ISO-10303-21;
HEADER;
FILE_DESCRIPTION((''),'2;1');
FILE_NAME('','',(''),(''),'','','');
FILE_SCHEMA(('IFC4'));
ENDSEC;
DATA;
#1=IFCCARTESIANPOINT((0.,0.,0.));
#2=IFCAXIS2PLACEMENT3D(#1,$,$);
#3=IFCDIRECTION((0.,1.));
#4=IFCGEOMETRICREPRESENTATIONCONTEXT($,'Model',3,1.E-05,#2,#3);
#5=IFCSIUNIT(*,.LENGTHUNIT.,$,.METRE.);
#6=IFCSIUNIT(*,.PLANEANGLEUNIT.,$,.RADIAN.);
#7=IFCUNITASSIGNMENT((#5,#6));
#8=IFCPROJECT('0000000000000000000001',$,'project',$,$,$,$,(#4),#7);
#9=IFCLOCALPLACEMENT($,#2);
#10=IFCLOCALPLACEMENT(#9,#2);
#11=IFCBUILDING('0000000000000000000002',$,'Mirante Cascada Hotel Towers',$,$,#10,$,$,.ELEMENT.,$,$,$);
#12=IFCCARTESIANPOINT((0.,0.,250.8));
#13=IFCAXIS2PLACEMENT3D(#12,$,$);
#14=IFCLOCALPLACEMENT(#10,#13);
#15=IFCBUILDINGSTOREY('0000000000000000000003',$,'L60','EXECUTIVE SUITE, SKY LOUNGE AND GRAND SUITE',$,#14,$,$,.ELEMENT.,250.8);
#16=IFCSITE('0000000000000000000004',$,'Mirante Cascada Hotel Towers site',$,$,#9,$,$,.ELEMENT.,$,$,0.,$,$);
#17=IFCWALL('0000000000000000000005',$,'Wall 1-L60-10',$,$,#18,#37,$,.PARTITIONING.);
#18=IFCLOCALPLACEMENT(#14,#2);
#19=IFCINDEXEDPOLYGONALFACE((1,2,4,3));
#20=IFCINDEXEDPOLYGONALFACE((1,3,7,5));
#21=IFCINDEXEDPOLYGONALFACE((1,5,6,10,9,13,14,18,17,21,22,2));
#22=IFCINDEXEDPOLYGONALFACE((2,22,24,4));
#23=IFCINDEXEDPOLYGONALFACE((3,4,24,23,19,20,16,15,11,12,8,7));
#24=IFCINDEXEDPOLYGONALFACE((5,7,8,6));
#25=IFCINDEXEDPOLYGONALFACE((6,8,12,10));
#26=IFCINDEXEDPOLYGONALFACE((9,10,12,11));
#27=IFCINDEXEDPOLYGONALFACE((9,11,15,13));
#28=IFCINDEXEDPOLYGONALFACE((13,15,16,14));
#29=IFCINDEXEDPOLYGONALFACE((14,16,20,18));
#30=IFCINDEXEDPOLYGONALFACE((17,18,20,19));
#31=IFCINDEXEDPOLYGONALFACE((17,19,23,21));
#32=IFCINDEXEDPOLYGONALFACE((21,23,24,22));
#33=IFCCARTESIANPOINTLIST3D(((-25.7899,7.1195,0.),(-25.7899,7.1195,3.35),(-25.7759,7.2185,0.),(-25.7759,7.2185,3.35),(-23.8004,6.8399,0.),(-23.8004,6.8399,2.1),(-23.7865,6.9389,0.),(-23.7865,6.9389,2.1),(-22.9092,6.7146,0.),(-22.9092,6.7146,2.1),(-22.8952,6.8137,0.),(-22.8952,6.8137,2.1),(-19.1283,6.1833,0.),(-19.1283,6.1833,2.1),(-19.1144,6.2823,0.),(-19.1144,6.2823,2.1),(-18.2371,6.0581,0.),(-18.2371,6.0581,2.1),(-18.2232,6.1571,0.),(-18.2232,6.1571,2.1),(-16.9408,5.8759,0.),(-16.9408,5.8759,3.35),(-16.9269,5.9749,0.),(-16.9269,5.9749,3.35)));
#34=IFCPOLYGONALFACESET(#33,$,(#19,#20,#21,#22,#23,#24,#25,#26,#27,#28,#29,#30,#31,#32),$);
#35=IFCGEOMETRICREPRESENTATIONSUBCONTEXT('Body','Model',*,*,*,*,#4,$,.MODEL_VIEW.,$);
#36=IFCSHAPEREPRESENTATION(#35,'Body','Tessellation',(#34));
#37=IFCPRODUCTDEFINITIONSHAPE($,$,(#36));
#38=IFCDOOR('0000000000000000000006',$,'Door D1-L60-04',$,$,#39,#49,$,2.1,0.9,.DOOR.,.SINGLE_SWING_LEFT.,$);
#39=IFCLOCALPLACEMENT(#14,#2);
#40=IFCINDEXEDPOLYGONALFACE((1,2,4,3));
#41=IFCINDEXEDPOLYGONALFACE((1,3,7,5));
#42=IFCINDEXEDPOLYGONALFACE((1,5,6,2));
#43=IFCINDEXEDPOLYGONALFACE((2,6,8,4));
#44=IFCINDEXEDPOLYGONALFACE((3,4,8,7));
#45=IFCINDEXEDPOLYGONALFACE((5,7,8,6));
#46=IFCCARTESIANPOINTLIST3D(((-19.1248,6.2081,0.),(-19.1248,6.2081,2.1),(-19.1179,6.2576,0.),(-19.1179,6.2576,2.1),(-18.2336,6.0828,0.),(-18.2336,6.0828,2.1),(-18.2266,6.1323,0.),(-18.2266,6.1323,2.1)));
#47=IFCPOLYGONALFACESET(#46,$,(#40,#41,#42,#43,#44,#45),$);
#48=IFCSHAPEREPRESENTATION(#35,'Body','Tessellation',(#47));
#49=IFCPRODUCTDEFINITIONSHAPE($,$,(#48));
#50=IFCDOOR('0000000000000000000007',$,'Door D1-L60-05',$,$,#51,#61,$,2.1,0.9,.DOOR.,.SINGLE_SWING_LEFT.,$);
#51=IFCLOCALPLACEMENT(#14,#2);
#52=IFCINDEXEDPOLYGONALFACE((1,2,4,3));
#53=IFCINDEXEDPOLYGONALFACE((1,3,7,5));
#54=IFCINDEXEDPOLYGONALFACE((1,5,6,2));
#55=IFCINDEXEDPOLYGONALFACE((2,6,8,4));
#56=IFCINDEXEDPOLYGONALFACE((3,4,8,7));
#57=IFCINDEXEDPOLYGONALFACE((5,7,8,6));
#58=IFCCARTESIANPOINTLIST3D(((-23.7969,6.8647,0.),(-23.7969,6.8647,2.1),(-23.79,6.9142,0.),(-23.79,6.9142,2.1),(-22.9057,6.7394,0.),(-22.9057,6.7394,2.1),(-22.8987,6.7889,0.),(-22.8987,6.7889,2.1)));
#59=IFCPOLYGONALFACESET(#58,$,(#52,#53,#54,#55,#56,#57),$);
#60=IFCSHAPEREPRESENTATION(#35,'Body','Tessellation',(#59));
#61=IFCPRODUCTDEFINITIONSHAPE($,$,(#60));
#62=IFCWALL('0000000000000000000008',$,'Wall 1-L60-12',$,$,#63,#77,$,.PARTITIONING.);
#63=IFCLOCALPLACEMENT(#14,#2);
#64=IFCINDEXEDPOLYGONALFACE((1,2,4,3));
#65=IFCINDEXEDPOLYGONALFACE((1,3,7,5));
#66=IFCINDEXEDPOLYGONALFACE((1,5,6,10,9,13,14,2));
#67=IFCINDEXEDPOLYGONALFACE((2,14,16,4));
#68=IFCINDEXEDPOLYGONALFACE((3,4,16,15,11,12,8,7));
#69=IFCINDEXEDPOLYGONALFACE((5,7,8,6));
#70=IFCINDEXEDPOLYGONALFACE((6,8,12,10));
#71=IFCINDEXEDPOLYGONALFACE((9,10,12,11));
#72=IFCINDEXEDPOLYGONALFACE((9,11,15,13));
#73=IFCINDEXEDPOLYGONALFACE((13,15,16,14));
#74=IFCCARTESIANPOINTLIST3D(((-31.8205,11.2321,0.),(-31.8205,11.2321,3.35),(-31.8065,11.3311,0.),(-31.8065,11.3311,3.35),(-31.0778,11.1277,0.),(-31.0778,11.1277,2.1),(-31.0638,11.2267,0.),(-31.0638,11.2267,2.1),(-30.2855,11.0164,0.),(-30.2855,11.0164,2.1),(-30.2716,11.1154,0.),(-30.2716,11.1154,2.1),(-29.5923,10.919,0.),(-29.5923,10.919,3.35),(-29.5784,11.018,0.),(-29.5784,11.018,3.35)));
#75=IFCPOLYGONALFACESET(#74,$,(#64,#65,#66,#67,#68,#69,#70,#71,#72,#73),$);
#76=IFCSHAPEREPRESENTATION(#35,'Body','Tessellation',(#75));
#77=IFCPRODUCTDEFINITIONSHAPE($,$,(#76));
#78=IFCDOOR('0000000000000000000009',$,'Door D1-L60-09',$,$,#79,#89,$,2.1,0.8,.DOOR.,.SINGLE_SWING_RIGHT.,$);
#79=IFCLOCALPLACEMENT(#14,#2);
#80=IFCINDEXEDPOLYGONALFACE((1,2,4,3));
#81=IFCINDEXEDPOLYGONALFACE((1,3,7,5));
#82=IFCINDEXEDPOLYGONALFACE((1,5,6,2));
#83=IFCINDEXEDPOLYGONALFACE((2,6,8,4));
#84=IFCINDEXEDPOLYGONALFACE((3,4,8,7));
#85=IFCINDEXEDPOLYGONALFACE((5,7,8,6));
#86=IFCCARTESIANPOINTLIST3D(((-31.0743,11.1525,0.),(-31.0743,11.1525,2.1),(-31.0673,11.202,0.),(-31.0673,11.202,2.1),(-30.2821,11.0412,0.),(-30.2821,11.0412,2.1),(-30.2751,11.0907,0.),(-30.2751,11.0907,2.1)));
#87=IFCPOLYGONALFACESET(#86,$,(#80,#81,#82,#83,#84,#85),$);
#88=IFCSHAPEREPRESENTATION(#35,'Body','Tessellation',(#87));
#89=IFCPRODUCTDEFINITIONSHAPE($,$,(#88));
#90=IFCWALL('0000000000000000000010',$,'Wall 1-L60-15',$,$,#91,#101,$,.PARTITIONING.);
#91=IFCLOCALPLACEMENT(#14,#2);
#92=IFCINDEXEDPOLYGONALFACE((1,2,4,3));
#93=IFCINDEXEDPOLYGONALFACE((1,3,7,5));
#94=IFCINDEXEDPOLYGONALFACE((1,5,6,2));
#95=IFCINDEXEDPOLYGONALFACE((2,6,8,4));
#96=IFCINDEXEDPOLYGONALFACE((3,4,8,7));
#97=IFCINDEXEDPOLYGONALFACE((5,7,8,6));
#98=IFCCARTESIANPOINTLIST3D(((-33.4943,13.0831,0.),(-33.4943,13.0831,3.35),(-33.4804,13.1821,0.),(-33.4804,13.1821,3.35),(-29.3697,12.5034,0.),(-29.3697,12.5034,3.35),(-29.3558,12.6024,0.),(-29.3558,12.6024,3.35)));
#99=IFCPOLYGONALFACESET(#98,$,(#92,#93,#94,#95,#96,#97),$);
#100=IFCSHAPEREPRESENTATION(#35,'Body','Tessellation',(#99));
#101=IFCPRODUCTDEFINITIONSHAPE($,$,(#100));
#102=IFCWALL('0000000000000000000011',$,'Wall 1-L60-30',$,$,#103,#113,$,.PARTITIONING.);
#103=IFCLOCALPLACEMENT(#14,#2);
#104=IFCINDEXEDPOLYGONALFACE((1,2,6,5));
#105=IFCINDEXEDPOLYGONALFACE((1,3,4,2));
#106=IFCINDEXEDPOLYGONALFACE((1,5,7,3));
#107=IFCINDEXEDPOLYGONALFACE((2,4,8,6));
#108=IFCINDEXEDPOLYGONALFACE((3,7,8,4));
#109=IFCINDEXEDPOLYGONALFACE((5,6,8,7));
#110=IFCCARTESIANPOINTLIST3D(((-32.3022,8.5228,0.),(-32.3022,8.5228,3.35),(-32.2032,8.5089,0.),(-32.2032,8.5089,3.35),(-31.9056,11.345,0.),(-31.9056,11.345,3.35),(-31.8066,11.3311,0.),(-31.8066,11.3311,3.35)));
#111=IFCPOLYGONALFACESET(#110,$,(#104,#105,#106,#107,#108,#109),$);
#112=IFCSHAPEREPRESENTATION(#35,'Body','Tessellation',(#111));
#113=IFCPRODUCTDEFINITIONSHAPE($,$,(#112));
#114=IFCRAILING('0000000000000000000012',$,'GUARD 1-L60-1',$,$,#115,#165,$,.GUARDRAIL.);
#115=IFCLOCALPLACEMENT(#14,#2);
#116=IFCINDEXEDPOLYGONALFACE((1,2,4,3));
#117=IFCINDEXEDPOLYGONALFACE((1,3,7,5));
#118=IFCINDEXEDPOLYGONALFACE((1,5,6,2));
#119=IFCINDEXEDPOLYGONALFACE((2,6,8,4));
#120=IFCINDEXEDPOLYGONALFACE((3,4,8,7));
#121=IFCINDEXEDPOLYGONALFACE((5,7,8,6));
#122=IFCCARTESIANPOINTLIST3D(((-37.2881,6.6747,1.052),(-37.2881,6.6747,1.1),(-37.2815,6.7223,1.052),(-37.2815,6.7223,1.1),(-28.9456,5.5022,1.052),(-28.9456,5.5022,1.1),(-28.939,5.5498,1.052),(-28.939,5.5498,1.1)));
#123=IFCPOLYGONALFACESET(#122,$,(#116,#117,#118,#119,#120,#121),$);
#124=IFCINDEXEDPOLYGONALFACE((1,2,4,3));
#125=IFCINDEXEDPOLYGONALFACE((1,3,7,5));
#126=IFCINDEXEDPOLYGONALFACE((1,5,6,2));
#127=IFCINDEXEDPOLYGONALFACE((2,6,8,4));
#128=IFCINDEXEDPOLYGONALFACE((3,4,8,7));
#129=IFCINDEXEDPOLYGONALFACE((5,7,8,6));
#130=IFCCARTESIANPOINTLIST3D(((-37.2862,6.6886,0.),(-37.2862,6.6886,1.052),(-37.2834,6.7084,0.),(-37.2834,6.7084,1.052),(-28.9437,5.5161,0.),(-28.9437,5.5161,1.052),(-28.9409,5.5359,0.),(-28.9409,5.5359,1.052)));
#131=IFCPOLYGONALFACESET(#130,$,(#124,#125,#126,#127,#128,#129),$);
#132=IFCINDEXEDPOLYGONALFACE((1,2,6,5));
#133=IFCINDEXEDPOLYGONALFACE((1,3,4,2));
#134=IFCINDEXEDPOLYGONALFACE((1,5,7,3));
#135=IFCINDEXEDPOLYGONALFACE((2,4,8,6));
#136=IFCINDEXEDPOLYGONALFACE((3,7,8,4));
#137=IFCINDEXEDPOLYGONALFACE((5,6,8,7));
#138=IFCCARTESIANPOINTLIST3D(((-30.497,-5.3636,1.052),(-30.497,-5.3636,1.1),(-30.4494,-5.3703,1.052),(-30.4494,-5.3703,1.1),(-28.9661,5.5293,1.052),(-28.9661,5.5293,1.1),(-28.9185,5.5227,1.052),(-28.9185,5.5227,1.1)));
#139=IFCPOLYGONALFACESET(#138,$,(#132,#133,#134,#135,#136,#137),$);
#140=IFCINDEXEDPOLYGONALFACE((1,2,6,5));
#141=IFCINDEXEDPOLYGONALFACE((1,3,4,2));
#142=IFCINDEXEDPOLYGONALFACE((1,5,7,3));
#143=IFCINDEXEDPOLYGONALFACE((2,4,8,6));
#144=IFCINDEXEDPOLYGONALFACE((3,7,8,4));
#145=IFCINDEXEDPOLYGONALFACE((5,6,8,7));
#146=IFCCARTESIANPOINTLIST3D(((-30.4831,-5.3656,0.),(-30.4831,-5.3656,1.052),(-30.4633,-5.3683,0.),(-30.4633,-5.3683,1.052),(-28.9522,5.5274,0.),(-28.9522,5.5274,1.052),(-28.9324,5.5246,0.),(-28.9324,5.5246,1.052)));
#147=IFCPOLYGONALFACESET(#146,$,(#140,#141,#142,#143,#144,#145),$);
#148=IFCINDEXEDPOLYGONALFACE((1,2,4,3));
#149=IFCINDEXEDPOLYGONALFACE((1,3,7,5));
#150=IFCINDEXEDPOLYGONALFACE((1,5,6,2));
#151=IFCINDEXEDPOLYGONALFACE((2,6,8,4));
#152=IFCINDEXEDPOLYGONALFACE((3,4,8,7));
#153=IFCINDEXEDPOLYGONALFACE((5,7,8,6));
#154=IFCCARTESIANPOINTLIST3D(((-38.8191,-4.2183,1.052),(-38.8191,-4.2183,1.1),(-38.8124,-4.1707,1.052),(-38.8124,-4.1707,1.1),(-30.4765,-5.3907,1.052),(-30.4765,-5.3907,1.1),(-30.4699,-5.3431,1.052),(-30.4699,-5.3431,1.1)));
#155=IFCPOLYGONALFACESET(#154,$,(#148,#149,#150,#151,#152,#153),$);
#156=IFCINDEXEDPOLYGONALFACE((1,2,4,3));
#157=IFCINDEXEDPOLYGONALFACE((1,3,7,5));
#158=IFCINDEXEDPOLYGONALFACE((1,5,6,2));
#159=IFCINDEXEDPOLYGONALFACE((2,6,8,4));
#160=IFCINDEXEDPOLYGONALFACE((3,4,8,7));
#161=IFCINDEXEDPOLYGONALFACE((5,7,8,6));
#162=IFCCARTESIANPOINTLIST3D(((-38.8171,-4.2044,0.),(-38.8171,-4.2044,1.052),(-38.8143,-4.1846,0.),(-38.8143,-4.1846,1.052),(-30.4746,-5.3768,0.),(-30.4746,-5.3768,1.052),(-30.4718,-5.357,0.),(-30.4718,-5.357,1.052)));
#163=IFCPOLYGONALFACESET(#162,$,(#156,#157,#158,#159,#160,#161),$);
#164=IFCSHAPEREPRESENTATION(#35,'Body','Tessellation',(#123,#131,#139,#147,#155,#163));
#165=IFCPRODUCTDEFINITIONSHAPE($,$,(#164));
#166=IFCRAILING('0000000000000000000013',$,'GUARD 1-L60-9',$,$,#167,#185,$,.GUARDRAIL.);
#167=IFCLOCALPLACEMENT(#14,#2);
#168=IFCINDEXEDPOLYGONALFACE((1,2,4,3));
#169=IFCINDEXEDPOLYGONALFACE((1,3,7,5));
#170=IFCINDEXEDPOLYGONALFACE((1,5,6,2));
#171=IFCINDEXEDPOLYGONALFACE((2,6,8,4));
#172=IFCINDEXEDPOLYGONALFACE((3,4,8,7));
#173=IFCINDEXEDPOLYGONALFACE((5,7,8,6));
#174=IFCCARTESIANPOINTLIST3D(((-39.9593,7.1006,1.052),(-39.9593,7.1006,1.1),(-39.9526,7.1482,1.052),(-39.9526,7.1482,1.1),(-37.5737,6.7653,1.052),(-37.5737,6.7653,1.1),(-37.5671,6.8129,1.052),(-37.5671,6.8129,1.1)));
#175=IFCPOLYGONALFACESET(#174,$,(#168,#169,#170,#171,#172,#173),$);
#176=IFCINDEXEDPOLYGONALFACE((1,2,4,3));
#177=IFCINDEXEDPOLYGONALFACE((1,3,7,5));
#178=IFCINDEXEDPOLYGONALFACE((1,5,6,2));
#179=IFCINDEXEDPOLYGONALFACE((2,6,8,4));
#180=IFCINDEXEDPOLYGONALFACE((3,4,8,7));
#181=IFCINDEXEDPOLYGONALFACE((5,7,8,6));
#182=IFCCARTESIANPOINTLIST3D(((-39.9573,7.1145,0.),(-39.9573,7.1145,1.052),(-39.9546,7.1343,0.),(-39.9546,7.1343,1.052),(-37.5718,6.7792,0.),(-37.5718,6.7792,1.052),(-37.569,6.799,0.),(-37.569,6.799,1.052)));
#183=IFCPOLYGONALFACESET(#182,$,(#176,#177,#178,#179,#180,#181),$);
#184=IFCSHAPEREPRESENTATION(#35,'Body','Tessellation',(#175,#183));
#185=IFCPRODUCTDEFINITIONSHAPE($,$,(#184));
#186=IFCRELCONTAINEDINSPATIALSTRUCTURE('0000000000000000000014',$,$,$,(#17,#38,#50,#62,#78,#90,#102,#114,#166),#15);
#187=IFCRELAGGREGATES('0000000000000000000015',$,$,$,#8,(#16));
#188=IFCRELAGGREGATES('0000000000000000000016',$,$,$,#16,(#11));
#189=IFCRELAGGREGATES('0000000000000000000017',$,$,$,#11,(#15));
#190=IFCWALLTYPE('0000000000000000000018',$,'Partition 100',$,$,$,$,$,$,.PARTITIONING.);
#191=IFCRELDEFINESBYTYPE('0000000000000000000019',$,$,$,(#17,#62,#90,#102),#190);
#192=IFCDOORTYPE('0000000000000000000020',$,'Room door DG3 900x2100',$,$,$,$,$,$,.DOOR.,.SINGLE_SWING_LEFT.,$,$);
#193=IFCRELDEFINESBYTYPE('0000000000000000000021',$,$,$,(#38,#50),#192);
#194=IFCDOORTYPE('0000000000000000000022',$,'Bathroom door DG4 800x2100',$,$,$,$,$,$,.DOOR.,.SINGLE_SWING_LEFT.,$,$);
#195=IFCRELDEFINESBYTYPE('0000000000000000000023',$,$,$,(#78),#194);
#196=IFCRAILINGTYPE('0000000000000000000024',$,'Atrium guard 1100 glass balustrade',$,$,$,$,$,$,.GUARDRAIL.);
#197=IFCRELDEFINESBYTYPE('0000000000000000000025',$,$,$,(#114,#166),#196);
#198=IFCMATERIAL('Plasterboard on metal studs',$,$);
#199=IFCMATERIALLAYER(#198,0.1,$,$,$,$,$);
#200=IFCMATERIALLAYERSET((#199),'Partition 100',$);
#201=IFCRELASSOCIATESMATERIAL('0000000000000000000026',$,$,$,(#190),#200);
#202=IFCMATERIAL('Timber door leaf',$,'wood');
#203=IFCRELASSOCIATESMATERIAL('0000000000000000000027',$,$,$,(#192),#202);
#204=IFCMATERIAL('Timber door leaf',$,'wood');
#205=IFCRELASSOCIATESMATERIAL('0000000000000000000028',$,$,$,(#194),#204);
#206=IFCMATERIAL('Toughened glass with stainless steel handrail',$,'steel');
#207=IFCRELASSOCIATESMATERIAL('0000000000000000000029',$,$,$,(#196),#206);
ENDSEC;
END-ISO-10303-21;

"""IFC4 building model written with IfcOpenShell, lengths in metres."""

from ifc_helpers import new_model, si_unit, direction, frame, frame_2d, origin, origin_2d, place, context, subcontext, project, spatial, rectangle, extrude, material, layer, layer_set, type_object, element, fill, save


model = new_model("IFC4")

# Units and contexts
model_context = context("Model", 3, precision=1e-05, world=origin(), true_north=direction((0.0, 1.0)))
body_context = subcontext(model_context, "Body", "Model", "MODEL_VIEW")
ifc_project = project(units=[si_unit("LENGTHUNIT", "METRE"), si_unit("PLANEANGLEUNIT", "RADIAN")], contexts=[model_context])

# Site, building, storey
site_placement = place(None, origin())
site = spatial("IfcSite", under=ifc_project, at=site_placement, Name="Mirante Cascada Hotel Towers site", CompositionType="ELEMENT", RefElevation=0.0)
building_placement = place(site_placement, origin())
building = spatial("IfcBuilding", under=site, at=building_placement, Name="Mirante Cascada Hotel Towers", CompositionType="ELEMENT")
storey_placement = place(building_placement, frame((0.0, 0.0, 250.8)))
storey = spatial("IfcBuildingStorey", under=building, at=storey_placement, Name="L60", Description="EXECUTIVE SUITE, SKY LOUNGE AND GRAND SUITE", CompositionType="ELEMENT", Elevation=250.8)

# Wall, openings, doors
ifc_material_1 = material(Name="Plasterboard on metal studs")
ifc_layer_1 = layer(ifc_material_1, 0.1)
ifc_layer_set_1 = layer_set([ifc_layer_1], Name="Partition 100")
wall_type_1 = type_object("IfcWallType", Name="Partition 100", PredefinedType="PARTITIONING", material=ifc_layer_set_1)
wall_1_placement = place(storey_placement, frame((-25.7829, 7.169, 0.0), z_axis=(0.0, 0.0, 1.0), x_axis=(0.990269, -0.139168, 0.0)))
wall_1 = element("IfcWall", 1, at=wall_1_placement, inside=storey, type_object=wall_type_1, Name="Wall 1-L60-10", PredefinedType="PARTITIONING", context=body_context, shape_type="SweptSolid", body=[
    extrude(rectangle(XDim=8.936, YDim=0.1, at=frame_2d((4.468, 0.0))), origin(), (0.0, 0.0, 1.0), 3.35),
])
opening_1_placement = place(wall_1_placement, frame((6.727, 0.0, 0.0)))
opening_1 = element("IfcOpeningElement", 2, at=opening_1_placement, cuts=wall_1, PredefinedType="OPENING", context=body_context, shape_type="SweptSolid", body=[
    extrude(rectangle(XDim=0.9, YDim=2.1, at=frame_2d((0.45, 1.05))), frame((0.0, 0.05, 0.0), z_axis=(0.0, -1.0, 0.0), x_axis=(1.0, 0.0, 0.0)), (0.0, 0.0, 1.0), 0.1),
])
opening_2_placement = place(wall_1_placement, frame((2.009, 0.0, 0.0)))
opening_2 = element("IfcOpeningElement", 3, at=opening_2_placement, cuts=wall_1, PredefinedType="OPENING", context=body_context, shape_type="SweptSolid", body=[
    extrude(rectangle(XDim=0.9, YDim=2.1, at=frame_2d((0.45, 1.05))), frame((0.0, 0.05, 0.0), z_axis=(0.0, -1.0, 0.0), x_axis=(1.0, 0.0, 0.0)), (0.0, 0.0, 1.0), 0.1),
])
ifc_material_2 = material(Name="Timber door leaf", Category="wood")
door_type_1 = type_object("IfcDoorType", Name="Room door DG3 900x2100", OperationType="SINGLE_SWING_LEFT", PredefinedType="DOOR", material=ifc_material_2)
door_1_placement = place(opening_1_placement, origin())
door_1 = element("IfcDoor", 4, at=door_1_placement, inside=storey, type_object=door_type_1, Name="Door D1-L60-04", OperationType="SINGLE_SWING_LEFT", OverallHeight=2.1, OverallWidth=0.9, PredefinedType="DOOR", context=body_context, shape_type="SweptSolid", body=[
    extrude(rectangle(XDim=0.9, YDim=2.1, at=frame_2d((0.45, 1.05))), frame((0.0, 0.025, 0.0), z_axis=(0.0, -1.0, 0.0), x_axis=(1.0, 0.0, 0.0)), (0.0, 0.0, 1.0), 0.05),
])
fill(opening_1, door_1)
door_2_placement = place(opening_2_placement, origin())
door_2 = element("IfcDoor", 5, at=door_2_placement, inside=storey, type_object=door_type_1, Name="Door D1-L60-05", OperationType="SINGLE_SWING_LEFT", OverallHeight=2.1, OverallWidth=0.9, PredefinedType="DOOR", context=body_context, shape_type="SweptSolid", body=[
    extrude(rectangle(XDim=0.9, YDim=2.1, at=frame_2d((0.45, 1.05))), frame((0.0, 0.025, 0.0), z_axis=(0.0, -1.0, 0.0), x_axis=(1.0, 0.0, 0.0)), (0.0, 0.0, 1.0), 0.05),
])
fill(opening_2, door_2)

# Wall, opening, door
wall_2_placement = place(storey_placement, frame((-31.8135, 11.2816, 0.0), z_axis=(0.0, 0.0, 1.0), x_axis=(0.990271, -0.139156, 0.0)))
wall_2 = element("IfcWall", 6, at=wall_2_placement, inside=storey, type_object=wall_type_1, Name="Wall 1-L60-12", PredefinedType="PARTITIONING", context=body_context, shape_type="SweptSolid", body=[
    extrude(rectangle(XDim=2.25, YDim=0.1, at=frame_2d((1.125, 0.0))), origin(), (0.0, 0.0, 1.0), 3.35),
])
opening_3_placement = place(wall_2_placement, frame((0.75, 0.0, 0.0)))
opening_3 = element("IfcOpeningElement", 7, at=opening_3_placement, cuts=wall_2, PredefinedType="OPENING", context=body_context, shape_type="SweptSolid", body=[
    extrude(rectangle(XDim=0.8, YDim=2.1, at=frame_2d((0.4, 1.05))), frame((0.0, 0.05, 0.0), z_axis=(0.0, -1.0, 0.0), x_axis=(1.0, 0.0, 0.0)), (0.0, 0.0, 1.0), 0.1),
])
ifc_material_3 = material(Name="Timber door leaf", Category="wood")
door_type_2 = type_object("IfcDoorType", Name="Bathroom door DG4 800x2100", OperationType="SINGLE_SWING_LEFT", PredefinedType="DOOR", material=ifc_material_3)
door_3_placement = place(opening_3_placement, frame((0.8, 0.0, 0.0), z_axis=(0.0, 0.0, 1.0), x_axis=(-1.0, 0.0, 0.0)))
door_3 = element("IfcDoor", 8, at=door_3_placement, inside=storey, type_object=door_type_2, Name="Door D1-L60-09", OperationType="SINGLE_SWING_RIGHT", OverallHeight=2.1, OverallWidth=0.8, PredefinedType="DOOR", context=body_context, shape_type="SweptSolid", body=[
    extrude(rectangle(XDim=0.8, YDim=2.1, at=frame_2d((0.4, 1.05))), frame((0.0, 0.025, 0.0), z_axis=(0.0, -1.0, 0.0), x_axis=(1.0, 0.0, 0.0)), (0.0, 0.0, 1.0), 0.05),
])
fill(opening_3, door_3)

# Walls
wall_3_placement = place(storey_placement, frame((-29.3627, 12.5529, 0.0), z_axis=(0.0, 0.0, 1.0), x_axis=(-0.990267, 0.139179, 0.0)))
element("IfcWall", 9, at=wall_3_placement, inside=storey, type_object=wall_type_1, Name="Wall 1-L60-15", PredefinedType="PARTITIONING", context=body_context, shape_type="SweptSolid", body=[
    extrude(rectangle(XDim=4.1651, YDim=0.1, at=frame_2d((2.0826, 0.0))), origin(), (0.0, 0.0, 1.0), 3.35),
])
wall_4_placement = place(storey_placement, frame((-31.8561, 11.3381, 0.0), z_axis=(0.0, 0.0, 1.0), x_axis=(-0.139161, -0.99027, 0.0)))
element("IfcWall", 10, at=wall_4_placement, inside=storey, type_object=wall_type_1, Name="Wall 1-L60-30", PredefinedType="PARTITIONING", context=body_context, shape_type="SweptSolid", body=[
    extrude(rectangle(XDim=2.8499, YDim=0.1, at=frame_2d((1.425, 0.0))), origin(), (0.0, 0.0, 1.0), 3.35),
])

# Railings
ifc_material_4 = material(Name="Toughened glass with stainless steel handrail", Category="steel")
railing_type = type_object("IfcRailingType", Name="Atrium guard 1100 glass balustrade", PredefinedType="GUARDRAIL", material=ifc_material_4)
railing_1_placement = place(storey_placement, frame((-37.2848, 6.6985, 0.0)))
element("IfcRailing", 11, at=railing_1_placement, inside=storey, type_object=railing_type, Name="GUARD 1-L60-1", PredefinedType="GUARDRAIL", context=body_context, shape_type="SweptSolid", body=[
    extrude(rectangle(XDim=0.048, YDim=0.048, at=origin_2d()), frame((0.0, 0.0, 1.076), z_axis=(0.990267, -0.139178, 0.0), x_axis=(0.139178, 0.990267, 0.0)), (0.0, 0.0, 1.0), 8.4245),
    extrude(rectangle(XDim=0.02, YDim=1.052, at=origin_2d()), frame((0.0, 0.0, 0.526), z_axis=(0.990267, -0.139178, 0.0), x_axis=(0.139178, 0.990267, 0.0)), (0.0, 0.0, 1.0), 8.4245),
    extrude(rectangle(XDim=0.048, YDim=0.048, at=origin_2d()), frame((8.3425, -1.1725, 1.076), z_axis=(-0.139173, -0.990268, 0.0), x_axis=(0.990268, -0.139173, 0.0)), (0.0, 0.0, 1.0), 11.0),
    extrude(rectangle(XDim=0.02, YDim=1.052, at=origin_2d()), frame((8.3425, -1.1725, 0.526), z_axis=(-0.139173, -0.990268, 0.0), x_axis=(0.990268, -0.139173, 0.0)), (0.0, 0.0, 1.0), 11.0),
    extrude(rectangle(XDim=0.048, YDim=0.048, at=origin_2d()), frame((6.8116, -12.0654, 1.076), z_axis=(-0.990269, 0.139166, 0.0), x_axis=(-0.139166, -0.990269, 0.0)), (0.0, 0.0, 1.0), 8.4245),
    extrude(rectangle(XDim=0.02, YDim=1.052, at=origin_2d()), frame((6.8116, -12.0654, 0.526), z_axis=(-0.990269, 0.139166, 0.0), x_axis=(-0.139166, -0.990269, 0.0)), (0.0, 0.0, 1.0), 8.4245),
])
railing_2_placement = place(storey_placement, frame((-37.5704, 6.7891, 0.0)))
element("IfcRailing", 12, at=railing_2_placement, inside=storey, type_object=railing_type, Name="GUARD 1-L60-9", PredefinedType="GUARDRAIL", context=body_context, shape_type="SweptSolid", body=[
    extrude(rectangle(XDim=0.048, YDim=0.048, at=origin_2d()), frame((0.0, 0.0, 1.076), z_axis=(-0.990267, 0.139184, 0.0), x_axis=(-0.139184, -0.990267, 0.0)), (0.0, 0.0, 1.0), 2.409),
    extrude(rectangle(XDim=0.02, YDim=1.052, at=origin_2d()), frame((0.0, 0.0, 0.526), z_axis=(-0.990267, 0.139184, 0.0), x_axis=(-0.139184, -0.990267, 0.0)), (0.0, 0.0, 1.0), 2.409),
])

save(model, "model.ifc")
